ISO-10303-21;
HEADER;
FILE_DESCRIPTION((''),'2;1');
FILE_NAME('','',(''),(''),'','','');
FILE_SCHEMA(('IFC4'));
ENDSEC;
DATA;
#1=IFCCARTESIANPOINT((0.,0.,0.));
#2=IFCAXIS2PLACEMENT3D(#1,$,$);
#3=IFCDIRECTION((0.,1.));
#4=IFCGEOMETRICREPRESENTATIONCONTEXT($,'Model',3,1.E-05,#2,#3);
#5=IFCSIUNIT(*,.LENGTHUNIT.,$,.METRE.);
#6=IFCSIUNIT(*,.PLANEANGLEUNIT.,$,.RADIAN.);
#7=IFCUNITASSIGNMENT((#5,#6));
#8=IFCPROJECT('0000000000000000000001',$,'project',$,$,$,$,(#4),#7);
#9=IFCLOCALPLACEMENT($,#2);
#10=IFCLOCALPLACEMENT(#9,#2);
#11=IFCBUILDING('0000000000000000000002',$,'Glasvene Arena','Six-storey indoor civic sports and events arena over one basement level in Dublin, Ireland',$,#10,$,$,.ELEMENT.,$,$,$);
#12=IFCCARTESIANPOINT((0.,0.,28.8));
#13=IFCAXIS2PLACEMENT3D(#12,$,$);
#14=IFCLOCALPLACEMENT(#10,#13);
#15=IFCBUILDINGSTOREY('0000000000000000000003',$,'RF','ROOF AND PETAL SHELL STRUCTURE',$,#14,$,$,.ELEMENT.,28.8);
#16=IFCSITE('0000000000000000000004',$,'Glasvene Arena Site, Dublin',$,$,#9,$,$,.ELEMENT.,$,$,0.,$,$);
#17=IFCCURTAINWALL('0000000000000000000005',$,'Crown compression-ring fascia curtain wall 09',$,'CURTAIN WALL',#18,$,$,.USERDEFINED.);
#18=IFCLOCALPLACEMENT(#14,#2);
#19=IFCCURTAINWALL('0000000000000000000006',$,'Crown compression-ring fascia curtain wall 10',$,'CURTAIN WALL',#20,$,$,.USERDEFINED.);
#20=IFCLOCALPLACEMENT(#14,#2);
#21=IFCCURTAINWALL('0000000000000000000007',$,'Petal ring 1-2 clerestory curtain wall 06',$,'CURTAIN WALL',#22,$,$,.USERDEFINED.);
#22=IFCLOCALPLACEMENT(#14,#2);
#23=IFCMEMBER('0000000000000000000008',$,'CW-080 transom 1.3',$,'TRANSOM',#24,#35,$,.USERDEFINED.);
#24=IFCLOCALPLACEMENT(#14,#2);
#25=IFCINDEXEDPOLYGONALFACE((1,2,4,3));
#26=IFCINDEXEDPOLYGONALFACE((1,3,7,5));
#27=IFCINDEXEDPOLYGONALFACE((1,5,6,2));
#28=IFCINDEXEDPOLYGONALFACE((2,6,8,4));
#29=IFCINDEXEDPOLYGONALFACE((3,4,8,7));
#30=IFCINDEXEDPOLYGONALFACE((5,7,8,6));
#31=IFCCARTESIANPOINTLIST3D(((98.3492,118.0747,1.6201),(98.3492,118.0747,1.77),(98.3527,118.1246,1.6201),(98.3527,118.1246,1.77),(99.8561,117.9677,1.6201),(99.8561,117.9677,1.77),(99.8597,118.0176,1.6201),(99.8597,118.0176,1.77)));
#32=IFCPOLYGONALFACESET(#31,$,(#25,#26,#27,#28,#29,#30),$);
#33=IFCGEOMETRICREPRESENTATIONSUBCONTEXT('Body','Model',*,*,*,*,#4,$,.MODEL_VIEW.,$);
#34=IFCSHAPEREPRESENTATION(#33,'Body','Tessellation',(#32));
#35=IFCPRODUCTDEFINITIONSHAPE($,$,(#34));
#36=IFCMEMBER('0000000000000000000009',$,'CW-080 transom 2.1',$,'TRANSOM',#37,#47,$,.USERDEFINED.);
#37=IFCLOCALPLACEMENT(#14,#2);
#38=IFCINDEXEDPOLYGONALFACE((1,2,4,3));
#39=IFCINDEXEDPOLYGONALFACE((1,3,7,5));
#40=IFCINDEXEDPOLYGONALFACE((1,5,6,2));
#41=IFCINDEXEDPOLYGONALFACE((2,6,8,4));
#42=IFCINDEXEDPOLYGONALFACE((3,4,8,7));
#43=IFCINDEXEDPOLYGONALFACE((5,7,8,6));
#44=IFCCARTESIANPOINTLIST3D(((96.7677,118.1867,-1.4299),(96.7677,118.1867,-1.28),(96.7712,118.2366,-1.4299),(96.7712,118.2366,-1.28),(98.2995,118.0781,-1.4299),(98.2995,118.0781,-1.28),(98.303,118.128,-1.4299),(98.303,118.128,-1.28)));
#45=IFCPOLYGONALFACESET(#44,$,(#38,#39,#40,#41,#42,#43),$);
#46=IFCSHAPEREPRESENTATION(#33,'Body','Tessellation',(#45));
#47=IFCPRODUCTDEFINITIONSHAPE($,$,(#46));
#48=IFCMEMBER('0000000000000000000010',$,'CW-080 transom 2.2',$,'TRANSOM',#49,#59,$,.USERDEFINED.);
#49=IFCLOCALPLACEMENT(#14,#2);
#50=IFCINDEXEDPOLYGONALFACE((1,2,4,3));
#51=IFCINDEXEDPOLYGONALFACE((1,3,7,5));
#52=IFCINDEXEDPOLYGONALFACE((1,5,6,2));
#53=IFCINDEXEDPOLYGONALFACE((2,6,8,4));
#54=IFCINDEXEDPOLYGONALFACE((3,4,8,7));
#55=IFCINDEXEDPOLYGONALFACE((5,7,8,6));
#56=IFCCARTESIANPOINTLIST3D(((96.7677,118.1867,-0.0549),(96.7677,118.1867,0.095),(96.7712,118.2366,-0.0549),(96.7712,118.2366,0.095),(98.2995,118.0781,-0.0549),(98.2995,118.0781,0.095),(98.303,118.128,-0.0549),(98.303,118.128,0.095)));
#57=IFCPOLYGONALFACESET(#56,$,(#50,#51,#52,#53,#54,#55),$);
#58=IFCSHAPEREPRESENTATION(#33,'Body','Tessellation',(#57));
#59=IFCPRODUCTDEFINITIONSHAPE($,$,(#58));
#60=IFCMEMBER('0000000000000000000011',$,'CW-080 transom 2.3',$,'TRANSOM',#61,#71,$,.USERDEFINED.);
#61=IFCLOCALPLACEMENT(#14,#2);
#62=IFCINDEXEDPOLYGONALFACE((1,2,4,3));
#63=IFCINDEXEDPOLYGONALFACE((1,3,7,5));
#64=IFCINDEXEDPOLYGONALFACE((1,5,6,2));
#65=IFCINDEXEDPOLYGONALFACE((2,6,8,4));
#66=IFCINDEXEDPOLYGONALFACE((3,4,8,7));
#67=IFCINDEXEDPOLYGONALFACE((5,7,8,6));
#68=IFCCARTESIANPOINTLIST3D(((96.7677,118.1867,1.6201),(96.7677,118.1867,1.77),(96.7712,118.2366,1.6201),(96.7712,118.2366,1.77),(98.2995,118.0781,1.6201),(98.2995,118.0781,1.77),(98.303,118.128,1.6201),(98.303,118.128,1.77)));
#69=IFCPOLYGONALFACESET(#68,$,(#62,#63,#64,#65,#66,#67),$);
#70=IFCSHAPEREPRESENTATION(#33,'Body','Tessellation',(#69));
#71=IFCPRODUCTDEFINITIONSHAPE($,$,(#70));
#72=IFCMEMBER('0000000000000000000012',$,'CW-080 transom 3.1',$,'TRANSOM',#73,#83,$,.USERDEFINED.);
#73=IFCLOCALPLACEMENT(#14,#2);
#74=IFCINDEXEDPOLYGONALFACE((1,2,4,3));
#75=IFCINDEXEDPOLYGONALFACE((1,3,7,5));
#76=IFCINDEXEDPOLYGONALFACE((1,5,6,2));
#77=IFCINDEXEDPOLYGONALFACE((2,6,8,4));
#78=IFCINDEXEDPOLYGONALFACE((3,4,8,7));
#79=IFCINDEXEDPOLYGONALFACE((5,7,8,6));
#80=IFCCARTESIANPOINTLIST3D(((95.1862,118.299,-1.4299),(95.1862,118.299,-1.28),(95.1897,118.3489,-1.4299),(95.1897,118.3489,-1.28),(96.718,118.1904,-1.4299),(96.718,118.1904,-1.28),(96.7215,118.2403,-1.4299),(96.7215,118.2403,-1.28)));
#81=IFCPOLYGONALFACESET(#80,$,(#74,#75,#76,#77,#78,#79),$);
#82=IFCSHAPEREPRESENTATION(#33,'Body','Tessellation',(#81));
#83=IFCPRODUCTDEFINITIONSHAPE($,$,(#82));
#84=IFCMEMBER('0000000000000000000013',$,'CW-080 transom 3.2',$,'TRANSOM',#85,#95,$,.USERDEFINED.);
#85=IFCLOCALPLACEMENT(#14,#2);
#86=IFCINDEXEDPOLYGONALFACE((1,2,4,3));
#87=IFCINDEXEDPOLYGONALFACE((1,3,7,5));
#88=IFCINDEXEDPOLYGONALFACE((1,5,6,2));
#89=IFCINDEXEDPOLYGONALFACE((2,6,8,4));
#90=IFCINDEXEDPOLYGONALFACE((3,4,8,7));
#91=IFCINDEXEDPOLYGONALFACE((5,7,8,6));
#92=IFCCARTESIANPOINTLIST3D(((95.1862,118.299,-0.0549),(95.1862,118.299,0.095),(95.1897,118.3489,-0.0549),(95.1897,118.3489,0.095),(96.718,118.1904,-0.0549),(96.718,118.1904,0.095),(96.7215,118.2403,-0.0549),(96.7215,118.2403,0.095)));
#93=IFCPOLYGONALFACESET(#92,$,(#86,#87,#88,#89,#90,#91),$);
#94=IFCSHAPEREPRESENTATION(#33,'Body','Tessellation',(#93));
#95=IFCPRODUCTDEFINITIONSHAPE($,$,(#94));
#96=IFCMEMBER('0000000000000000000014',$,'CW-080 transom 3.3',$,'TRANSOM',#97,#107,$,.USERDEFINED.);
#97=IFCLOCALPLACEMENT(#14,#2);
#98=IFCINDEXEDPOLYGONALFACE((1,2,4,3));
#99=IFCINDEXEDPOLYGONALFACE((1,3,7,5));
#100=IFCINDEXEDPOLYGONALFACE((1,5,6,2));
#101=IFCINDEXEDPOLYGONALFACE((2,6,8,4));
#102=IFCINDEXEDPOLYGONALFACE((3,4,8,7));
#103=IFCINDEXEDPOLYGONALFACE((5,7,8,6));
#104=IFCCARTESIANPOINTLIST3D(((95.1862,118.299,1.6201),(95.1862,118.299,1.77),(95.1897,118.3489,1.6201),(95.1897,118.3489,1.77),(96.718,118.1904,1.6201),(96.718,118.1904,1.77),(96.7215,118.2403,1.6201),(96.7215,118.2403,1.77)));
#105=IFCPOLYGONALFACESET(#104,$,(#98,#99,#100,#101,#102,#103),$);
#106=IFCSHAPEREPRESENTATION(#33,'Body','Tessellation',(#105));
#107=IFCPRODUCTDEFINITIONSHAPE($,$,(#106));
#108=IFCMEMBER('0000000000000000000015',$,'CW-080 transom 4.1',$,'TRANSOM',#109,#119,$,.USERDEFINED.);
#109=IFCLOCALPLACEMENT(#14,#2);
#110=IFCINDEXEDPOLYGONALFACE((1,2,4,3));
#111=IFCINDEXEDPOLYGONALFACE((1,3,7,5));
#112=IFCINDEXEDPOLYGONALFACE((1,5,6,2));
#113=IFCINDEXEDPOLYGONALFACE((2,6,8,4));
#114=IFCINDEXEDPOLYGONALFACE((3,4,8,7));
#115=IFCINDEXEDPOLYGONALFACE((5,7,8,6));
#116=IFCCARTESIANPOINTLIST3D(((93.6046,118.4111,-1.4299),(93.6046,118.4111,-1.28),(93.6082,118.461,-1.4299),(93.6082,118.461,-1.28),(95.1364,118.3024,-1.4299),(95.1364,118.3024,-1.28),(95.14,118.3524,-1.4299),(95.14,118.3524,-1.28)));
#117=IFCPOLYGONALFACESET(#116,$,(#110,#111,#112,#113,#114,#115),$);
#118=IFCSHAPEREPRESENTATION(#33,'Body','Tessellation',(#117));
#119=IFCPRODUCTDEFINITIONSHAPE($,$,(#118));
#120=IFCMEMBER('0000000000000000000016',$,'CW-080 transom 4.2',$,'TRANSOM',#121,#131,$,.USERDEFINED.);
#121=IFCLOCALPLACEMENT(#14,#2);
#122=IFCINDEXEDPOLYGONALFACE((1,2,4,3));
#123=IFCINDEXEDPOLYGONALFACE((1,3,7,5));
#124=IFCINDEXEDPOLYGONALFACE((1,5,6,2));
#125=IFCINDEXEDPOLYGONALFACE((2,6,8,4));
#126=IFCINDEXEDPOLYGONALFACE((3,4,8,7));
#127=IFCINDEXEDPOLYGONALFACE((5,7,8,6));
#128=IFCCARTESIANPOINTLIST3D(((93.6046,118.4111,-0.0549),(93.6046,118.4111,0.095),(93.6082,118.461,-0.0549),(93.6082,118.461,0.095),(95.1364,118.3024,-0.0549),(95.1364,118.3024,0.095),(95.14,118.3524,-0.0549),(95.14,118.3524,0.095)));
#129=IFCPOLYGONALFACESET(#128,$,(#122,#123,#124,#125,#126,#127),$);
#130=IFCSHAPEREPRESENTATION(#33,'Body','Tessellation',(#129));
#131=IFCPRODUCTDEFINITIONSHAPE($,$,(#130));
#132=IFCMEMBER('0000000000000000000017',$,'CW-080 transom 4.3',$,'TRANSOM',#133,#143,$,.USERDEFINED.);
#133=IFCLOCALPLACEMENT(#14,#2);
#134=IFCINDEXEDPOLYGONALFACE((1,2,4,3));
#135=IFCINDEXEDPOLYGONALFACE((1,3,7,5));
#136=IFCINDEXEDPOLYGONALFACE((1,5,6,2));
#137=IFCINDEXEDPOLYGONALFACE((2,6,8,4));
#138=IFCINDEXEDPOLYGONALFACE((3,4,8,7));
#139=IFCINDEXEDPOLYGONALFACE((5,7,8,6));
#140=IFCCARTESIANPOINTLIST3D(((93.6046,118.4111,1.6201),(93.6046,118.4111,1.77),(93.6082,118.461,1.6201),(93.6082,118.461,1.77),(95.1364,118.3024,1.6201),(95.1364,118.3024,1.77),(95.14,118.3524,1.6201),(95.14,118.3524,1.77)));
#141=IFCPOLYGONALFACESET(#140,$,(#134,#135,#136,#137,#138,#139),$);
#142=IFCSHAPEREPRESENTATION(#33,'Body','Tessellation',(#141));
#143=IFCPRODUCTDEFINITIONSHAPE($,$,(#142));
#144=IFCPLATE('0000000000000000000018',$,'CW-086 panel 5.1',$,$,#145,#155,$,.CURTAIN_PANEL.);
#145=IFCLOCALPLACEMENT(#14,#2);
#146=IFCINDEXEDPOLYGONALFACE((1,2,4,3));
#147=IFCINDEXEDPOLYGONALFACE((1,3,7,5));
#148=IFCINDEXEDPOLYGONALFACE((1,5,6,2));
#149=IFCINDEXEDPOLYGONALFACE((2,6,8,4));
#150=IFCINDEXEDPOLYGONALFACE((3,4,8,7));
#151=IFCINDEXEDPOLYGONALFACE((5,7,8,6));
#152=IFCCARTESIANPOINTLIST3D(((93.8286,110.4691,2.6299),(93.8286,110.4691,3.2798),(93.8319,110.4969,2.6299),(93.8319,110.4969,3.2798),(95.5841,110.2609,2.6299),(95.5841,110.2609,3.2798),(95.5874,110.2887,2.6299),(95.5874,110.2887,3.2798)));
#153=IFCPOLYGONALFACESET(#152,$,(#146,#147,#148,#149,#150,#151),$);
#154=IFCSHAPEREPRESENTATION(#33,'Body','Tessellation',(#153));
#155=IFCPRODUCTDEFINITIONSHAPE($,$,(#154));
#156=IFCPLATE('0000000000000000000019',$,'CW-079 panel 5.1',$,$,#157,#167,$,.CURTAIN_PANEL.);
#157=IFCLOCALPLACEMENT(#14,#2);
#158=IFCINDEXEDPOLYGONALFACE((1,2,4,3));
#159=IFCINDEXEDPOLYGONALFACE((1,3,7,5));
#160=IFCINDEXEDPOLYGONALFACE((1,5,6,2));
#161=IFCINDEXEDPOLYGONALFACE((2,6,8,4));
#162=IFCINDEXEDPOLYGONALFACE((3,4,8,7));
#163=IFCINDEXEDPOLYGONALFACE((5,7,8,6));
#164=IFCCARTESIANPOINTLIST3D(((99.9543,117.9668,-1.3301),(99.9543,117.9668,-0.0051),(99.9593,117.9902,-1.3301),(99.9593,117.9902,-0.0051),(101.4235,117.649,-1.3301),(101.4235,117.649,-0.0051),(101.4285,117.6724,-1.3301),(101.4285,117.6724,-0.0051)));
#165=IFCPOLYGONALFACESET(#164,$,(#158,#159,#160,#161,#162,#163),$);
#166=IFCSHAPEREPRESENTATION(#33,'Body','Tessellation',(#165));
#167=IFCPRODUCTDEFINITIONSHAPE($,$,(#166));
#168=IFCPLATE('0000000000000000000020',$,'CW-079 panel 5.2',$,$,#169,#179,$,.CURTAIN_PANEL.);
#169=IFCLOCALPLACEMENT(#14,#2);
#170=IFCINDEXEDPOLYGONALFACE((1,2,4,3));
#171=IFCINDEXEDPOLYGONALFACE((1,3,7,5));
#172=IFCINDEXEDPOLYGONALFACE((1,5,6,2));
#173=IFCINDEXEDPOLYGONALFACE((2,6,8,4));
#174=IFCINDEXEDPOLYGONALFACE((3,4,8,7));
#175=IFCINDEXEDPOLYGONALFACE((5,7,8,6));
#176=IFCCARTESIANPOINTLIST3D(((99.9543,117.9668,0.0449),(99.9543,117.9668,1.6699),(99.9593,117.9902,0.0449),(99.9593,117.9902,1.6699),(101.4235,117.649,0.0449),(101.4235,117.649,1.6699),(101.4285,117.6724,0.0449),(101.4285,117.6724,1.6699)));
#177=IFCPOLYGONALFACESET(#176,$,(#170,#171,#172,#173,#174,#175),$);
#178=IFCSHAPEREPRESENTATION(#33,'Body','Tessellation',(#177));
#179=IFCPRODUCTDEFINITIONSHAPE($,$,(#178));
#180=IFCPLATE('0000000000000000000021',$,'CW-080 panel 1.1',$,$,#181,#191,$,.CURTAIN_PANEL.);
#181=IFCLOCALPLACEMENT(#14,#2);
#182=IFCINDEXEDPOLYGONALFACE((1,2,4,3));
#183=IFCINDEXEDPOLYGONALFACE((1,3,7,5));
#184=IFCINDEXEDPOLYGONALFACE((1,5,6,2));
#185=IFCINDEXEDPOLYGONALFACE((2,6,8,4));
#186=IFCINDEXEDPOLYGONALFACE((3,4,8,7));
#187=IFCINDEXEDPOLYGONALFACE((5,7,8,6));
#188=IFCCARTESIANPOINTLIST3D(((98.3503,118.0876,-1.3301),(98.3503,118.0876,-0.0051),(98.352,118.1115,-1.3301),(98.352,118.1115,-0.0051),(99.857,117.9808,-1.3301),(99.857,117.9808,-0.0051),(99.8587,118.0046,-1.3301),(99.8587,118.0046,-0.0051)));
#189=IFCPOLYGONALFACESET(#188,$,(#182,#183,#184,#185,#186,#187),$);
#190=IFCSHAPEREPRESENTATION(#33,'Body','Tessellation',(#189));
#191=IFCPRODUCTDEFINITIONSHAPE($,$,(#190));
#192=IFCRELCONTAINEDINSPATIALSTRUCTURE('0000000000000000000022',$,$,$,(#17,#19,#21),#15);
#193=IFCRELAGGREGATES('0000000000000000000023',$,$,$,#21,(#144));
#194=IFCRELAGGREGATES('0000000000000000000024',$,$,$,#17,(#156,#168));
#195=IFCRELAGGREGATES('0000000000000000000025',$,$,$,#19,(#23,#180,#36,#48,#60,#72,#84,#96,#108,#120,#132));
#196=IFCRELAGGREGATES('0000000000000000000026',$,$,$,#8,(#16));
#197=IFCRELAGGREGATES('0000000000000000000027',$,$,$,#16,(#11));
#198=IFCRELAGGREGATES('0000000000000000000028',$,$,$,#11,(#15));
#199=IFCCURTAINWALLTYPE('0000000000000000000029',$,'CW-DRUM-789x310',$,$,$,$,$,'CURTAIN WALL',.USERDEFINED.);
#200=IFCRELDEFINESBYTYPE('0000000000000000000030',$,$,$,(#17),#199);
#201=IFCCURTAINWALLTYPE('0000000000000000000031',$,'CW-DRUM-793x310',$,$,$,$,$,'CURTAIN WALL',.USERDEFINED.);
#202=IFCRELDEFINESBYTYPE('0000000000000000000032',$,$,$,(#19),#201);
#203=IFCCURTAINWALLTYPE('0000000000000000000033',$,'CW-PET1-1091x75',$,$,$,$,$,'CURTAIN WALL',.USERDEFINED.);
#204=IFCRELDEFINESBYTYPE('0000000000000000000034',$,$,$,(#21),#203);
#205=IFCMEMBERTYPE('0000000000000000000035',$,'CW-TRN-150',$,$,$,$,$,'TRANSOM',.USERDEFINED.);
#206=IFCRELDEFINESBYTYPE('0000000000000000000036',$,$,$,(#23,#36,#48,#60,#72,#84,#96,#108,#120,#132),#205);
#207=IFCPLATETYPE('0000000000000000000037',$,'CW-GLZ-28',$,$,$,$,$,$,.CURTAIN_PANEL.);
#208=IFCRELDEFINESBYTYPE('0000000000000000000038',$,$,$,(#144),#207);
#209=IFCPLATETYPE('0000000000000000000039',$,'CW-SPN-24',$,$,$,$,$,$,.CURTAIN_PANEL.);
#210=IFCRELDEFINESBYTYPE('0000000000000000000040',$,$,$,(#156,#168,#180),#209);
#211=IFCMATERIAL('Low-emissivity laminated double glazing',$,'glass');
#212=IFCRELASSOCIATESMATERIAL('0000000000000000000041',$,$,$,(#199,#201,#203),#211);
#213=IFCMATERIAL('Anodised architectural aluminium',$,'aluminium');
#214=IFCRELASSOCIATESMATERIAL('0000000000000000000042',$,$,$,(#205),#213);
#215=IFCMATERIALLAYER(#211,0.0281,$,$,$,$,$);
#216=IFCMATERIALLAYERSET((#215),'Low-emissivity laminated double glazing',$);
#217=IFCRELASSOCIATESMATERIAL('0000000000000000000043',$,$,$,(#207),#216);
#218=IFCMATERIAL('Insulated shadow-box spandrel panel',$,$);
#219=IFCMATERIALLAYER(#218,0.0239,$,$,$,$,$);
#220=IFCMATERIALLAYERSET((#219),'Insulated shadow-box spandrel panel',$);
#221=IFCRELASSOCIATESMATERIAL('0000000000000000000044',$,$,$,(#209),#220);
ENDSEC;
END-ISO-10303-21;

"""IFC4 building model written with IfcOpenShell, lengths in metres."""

from ifc_helpers import new_model, si_unit, direction, frame, origin, origin_2d, place, context, subcontext, project, spatial, rectangle, extrude, material, layer, layer_set, material_profile, profile_set, type_object, element, aggregate, save


model = new_model("IFC4")

# Units and contexts
model_context = context("Model", 3, precision=1e-05, world=origin(), true_north=direction((0.0, 1.0)))
body_context = subcontext(model_context, "Body", "Model", "MODEL_VIEW")
ifc_project = project(units=[si_unit("LENGTHUNIT", "METRE"), si_unit("PLANEANGLEUNIT", "RADIAN")], contexts=[model_context])

# Site, building, storey
site_placement = place(None, origin())
site = spatial("IfcSite", under=ifc_project, at=site_placement, Name="Glasvene Arena Site, Dublin", CompositionType="ELEMENT", RefElevation=0.0)
building_placement = place(site_placement, origin())
building = spatial("IfcBuilding", under=site, at=building_placement, Name="Glasvene Arena", Description="Six-storey indoor civic sports and events arena over one basement level in Dublin, Ireland", CompositionType="ELEMENT")
storey_placement = place(building_placement, frame((0.0, 0.0, 28.8)))
storey = spatial("IfcBuildingStorey", under=building, at=storey_placement, Name="RF", Description="ROOF AND PETAL SHELL STRUCTURE", CompositionType="ELEMENT", Elevation=28.8)

# Curtain walls
ifc_material_1 = material(Name="Low-emissivity laminated double glazing", Category="glass")
curtain_wall_type_1 = type_object("IfcCurtainWallType", Name="CW-DRUM-789x310", ElementType="CURTAIN WALL", PredefinedType="USERDEFINED", material=ifc_material_1)
curtain_wall_1_placement = place(storey_placement, frame((107.6208, 116.3206, 0.0)))
curtain_wall_1 = element("IfcCurtainWall", 1, at=curtain_wall_1_placement, inside=storey, type_object=curtain_wall_type_1, Name="Crown compression-ring fascia curtain wall 09", ObjectType="CURTAIN WALL", PredefinedType="USERDEFINED")
ifc_material_2 = material(Name="Anodised architectural aluminium", Category="aluminium")
curtain_wall_type_2 = type_object("IfcCurtainWallType", Name="CW-DRUM-793x310", ElementType="CURTAIN WALL", PredefinedType="USERDEFINED", material=ifc_material_1)
curtain_wall_2_placement = place(storey_placement, frame((99.9077, 117.9893, 0.0)))
curtain_wall_2 = element("IfcCurtainWall", 2, at=curtain_wall_2_placement, inside=storey, type_object=curtain_wall_type_2, Name="Crown compression-ring fascia curtain wall 10", ObjectType="CURTAIN WALL", PredefinedType="USERDEFINED")
curtain_wall_type_3 = type_object("IfcCurtainWallType", Name="CW-PET1-1091x75", ElementType="CURTAIN WALL", PredefinedType="USERDEFINED", material=ifc_material_1)
curtain_wall_3_placement = place(storey_placement, frame((102.8315, 109.4153, 0.0)))
curtain_wall_3 = element("IfcCurtainWall", 3, at=curtain_wall_3_placement, inside=storey, type_object=curtain_wall_type_3, Name="Petal ring 1-2 clerestory curtain wall 06", ObjectType="CURTAIN WALL", PredefinedType="USERDEFINED")

# Members
ifc_material_profile_1 = material_profile(ifc_material_2, rectangle(XDim=0.05, YDim=0.1499, at=origin_2d()), Name="ALU TRANSOM 50x150")
ifc_profile_set_1 = profile_set([ifc_material_profile_1], Name="Anodised architectural aluminium")
member_type_1 = type_object("IfcMemberType", Name="CW-TRN-150", ElementType="TRANSOM", PredefinedType="USERDEFINED", material=ifc_profile_set_1)
member_1_placement = place(storey_placement, frame((99.8579, 117.9927, 1.6951), z_axis=(-0.997491, 0.070788, 0.0), x_axis=(-0.070788, -0.997491, 0.0)))
member_1 = element("IfcMember", 4, at=member_1_placement, type_object=member_type_1, Name="CW-080 transom 1.3", ObjectType="TRANSOM", PredefinedType="USERDEFINED", context=body_context, shape_type="SweptSolid", body=[
    extrude(rectangle(XDim=0.05, YDim=0.1499, at=origin_2d()), origin(), (0.0, 0.0, 1.0), 1.5107),
])
member_2_placement = place(storey_placement, frame((98.3013, 118.103, -1.355), z_axis=(-0.997494, 0.07075, 0.0), x_axis=(-0.07075, -0.997494, 0.0)))
member_2 = element("IfcMember", 5, at=member_2_placement, type_object=member_type_1, Name="CW-080 transom 2.1", ObjectType="TRANSOM", PredefinedType="USERDEFINED", context=body_context, shape_type="SweptSolid", body=[
    extrude(rectangle(XDim=0.05, YDim=0.1499, at=origin_2d()), origin(), (0.0, 0.0, 1.0), 1.5356),
])
member_3_placement = place(storey_placement, frame((98.3013, 118.103, 0.02), z_axis=(-0.997494, 0.07075, 0.0), x_axis=(-0.07075, -0.997494, 0.0)))
member_3 = element("IfcMember", 6, at=member_3_placement, type_object=member_type_1, Name="CW-080 transom 2.2", ObjectType="TRANSOM", PredefinedType="USERDEFINED", context=body_context, shape_type="SweptSolid", body=[
    extrude(rectangle(XDim=0.05, YDim=0.1499, at=origin_2d()), origin(), (0.0, 0.0, 1.0), 1.5356),
])
member_4_placement = place(storey_placement, frame((98.3013, 118.103, 1.6951), z_axis=(-0.997494, 0.07075, 0.0), x_axis=(-0.07075, -0.997494, 0.0)))
member_4 = element("IfcMember", 7, at=member_4_placement, type_object=member_type_1, Name="CW-080 transom 2.3", ObjectType="TRANSOM", PredefinedType="USERDEFINED", context=body_context, shape_type="SweptSolid", body=[
    extrude(rectangle(XDim=0.05, YDim=0.1499, at=origin_2d()), origin(), (0.0, 0.0, 1.0), 1.5356),
])
member_5_placement = place(storey_placement, frame((96.7197, 118.2153, -1.355), z_axis=(-0.997494, 0.07075, 0.0), x_axis=(-0.07075, -0.997494, 0.0)))
member_5 = element("IfcMember", 8, at=member_5_placement, type_object=member_type_1, Name="CW-080 transom 3.1", ObjectType="TRANSOM", PredefinedType="USERDEFINED", context=body_context, shape_type="SweptSolid", body=[
    extrude(rectangle(XDim=0.05, YDim=0.1499, at=origin_2d()), origin(), (0.0, 0.0, 1.0), 1.5356),
])
member_6_placement = place(storey_placement, frame((96.7197, 118.2153, 0.02), z_axis=(-0.997494, 0.07075, 0.0), x_axis=(-0.07075, -0.997494, 0.0)))
member_6 = element("IfcMember", 9, at=member_6_placement, type_object=member_type_1, Name="CW-080 transom 3.2", ObjectType="TRANSOM", PredefinedType="USERDEFINED", context=body_context, shape_type="SweptSolid", body=[
    extrude(rectangle(XDim=0.05, YDim=0.1499, at=origin_2d()), origin(), (0.0, 0.0, 1.0), 1.5356),
])
member_7_placement = place(storey_placement, frame((96.7197, 118.2153, 1.6951), z_axis=(-0.997494, 0.07075, 0.0), x_axis=(-0.07075, -0.997494, 0.0)))
member_7 = element("IfcMember", 10, at=member_7_placement, type_object=member_type_1, Name="CW-080 transom 3.3", ObjectType="TRANSOM", PredefinedType="USERDEFINED", context=body_context, shape_type="SweptSolid", body=[
    extrude(rectangle(XDim=0.05, YDim=0.1499, at=origin_2d()), origin(), (0.0, 0.0, 1.0), 1.5356),
])
member_8_placement = place(storey_placement, frame((95.1382, 118.3274, -1.355), z_axis=(-0.997494, 0.07075, 0.0), x_axis=(-0.07075, -0.997494, 0.0)))
member_8 = element("IfcMember", 11, at=member_8_placement, type_object=member_type_1, Name="CW-080 transom 4.1", ObjectType="TRANSOM", PredefinedType="USERDEFINED", context=body_context, shape_type="SweptSolid", body=[
    extrude(rectangle(XDim=0.05, YDim=0.1499, at=origin_2d()), origin(), (0.0, 0.0, 1.0), 1.5356),
])
member_9_placement = place(storey_placement, frame((95.1382, 118.3274, 0.02), z_axis=(-0.997494, 0.07075, 0.0), x_axis=(-0.07075, -0.997494, 0.0)))
member_9 = element("IfcMember", 12, at=member_9_placement, type_object=member_type_1, Name="CW-080 transom 4.2", ObjectType="TRANSOM", PredefinedType="USERDEFINED", context=body_context, shape_type="SweptSolid", body=[
    extrude(rectangle(XDim=0.05, YDim=0.1499, at=origin_2d()), origin(), (0.0, 0.0, 1.0), 1.5356),
])
member_10_placement = place(storey_placement, frame((95.1382, 118.3274, 1.6951), z_axis=(-0.997494, 0.07075, 0.0), x_axis=(-0.07075, -0.997494, 0.0)))
member_10 = element("IfcMember", 13, at=member_10_placement, type_object=member_type_1, Name="CW-080 transom 4.3", ObjectType="TRANSOM", PredefinedType="USERDEFINED", context=body_context, shape_type="SweptSolid", body=[
    extrude(rectangle(XDim=0.05, YDim=0.1499, at=origin_2d()), origin(), (0.0, 0.0, 1.0), 1.5356),
])

# Plates
ifc_layer_1 = layer(ifc_material_1, 0.0281)
ifc_layer_set_1 = layer_set([ifc_layer_1], Name="Low-emissivity laminated double glazing")
plate_type_1 = type_object("IfcPlateType", Name="CW-GLZ-28", PredefinedType="CURTAIN_PANEL", material=ifc_layer_set_1)
plate_1_placement = place(storey_placement, frame((94.708, 110.3789, 2.6299), z_axis=(0.0, 0.0, 1.0), x_axis=(-0.993041, 0.117772, 0.0)))
plate_1 = element("IfcPlate", 14, at=plate_1_placement, type_object=plate_type_1, Name="CW-086 panel 5.1", PredefinedType="CURTAIN_PANEL", context=body_context, shape_type="SweptSolid", body=[
    extrude(rectangle(XDim=1.7678, YDim=0.0281, at=origin_2d()), origin(), (0.0, 0.0, 1.0), 0.6499),
])
aggregate(curtain_wall_3, [plate_1])
ifc_material_3 = material(Name="Insulated shadow-box spandrel panel")
ifc_layer_2 = layer(ifc_material_3, 0.0239)
ifc_layer_set_2 = layer_set([ifc_layer_2], Name="Insulated shadow-box spandrel panel")
plate_type_2 = type_object("IfcPlateType", Name="CW-SPN-24", PredefinedType="CURTAIN_PANEL", material=ifc_layer_set_2)
plate_2_placement = place(storey_placement, frame((100.6914, 117.8196, -1.3301), z_axis=(0.0, 0.0, 1.0), x_axis=(-0.97739, 0.211445, 0.0)))
plate_2 = element("IfcPlate", 15, at=plate_2_placement, type_object=plate_type_2, Name="CW-079 panel 5.1", PredefinedType="CURTAIN_PANEL", context=body_context, shape_type="SweptSolid", body=[
    extrude(rectangle(XDim=1.5032, YDim=0.0239, at=origin_2d()), origin(), (0.0, 0.0, 1.0), 1.325),
])
plate_3_placement = place(storey_placement, frame((100.6914, 117.8196, 0.0449), z_axis=(0.0, 0.0, 1.0), x_axis=(-0.97739, 0.211445, 0.0)))
plate_3 = element("IfcPlate", 16, at=plate_3_placement, type_object=plate_type_2, Name="CW-079 panel 5.2", PredefinedType="CURTAIN_PANEL", context=body_context, shape_type="SweptSolid", body=[
    extrude(rectangle(XDim=1.5032, YDim=0.0239, at=origin_2d()), origin(), (0.0, 0.0, 1.0), 1.625),
])
aggregate(curtain_wall_1, [plate_2, plate_3])
plate_4_placement = place(storey_placement, frame((99.1045, 118.0461, -1.3301), z_axis=(0.0, 0.0, 1.0), x_axis=(-0.997495, 0.07074, 0.0)))
plate_4 = element("IfcPlate", 17, at=plate_4_placement, type_object=plate_type_2, Name="CW-080 panel 1.1", PredefinedType="CURTAIN_PANEL", context=body_context, shape_type="SweptSolid", body=[
    extrude(rectangle(XDim=1.5105, YDim=0.0239, at=origin_2d()), origin(), (0.0, 0.0, 1.0), 1.325),
])
aggregate(curtain_wall_2, [member_1, plate_4, member_2, member_3, member_4, member_5, member_6, member_7, member_8, member_9, member_10])

save(model, "model.ifc")
